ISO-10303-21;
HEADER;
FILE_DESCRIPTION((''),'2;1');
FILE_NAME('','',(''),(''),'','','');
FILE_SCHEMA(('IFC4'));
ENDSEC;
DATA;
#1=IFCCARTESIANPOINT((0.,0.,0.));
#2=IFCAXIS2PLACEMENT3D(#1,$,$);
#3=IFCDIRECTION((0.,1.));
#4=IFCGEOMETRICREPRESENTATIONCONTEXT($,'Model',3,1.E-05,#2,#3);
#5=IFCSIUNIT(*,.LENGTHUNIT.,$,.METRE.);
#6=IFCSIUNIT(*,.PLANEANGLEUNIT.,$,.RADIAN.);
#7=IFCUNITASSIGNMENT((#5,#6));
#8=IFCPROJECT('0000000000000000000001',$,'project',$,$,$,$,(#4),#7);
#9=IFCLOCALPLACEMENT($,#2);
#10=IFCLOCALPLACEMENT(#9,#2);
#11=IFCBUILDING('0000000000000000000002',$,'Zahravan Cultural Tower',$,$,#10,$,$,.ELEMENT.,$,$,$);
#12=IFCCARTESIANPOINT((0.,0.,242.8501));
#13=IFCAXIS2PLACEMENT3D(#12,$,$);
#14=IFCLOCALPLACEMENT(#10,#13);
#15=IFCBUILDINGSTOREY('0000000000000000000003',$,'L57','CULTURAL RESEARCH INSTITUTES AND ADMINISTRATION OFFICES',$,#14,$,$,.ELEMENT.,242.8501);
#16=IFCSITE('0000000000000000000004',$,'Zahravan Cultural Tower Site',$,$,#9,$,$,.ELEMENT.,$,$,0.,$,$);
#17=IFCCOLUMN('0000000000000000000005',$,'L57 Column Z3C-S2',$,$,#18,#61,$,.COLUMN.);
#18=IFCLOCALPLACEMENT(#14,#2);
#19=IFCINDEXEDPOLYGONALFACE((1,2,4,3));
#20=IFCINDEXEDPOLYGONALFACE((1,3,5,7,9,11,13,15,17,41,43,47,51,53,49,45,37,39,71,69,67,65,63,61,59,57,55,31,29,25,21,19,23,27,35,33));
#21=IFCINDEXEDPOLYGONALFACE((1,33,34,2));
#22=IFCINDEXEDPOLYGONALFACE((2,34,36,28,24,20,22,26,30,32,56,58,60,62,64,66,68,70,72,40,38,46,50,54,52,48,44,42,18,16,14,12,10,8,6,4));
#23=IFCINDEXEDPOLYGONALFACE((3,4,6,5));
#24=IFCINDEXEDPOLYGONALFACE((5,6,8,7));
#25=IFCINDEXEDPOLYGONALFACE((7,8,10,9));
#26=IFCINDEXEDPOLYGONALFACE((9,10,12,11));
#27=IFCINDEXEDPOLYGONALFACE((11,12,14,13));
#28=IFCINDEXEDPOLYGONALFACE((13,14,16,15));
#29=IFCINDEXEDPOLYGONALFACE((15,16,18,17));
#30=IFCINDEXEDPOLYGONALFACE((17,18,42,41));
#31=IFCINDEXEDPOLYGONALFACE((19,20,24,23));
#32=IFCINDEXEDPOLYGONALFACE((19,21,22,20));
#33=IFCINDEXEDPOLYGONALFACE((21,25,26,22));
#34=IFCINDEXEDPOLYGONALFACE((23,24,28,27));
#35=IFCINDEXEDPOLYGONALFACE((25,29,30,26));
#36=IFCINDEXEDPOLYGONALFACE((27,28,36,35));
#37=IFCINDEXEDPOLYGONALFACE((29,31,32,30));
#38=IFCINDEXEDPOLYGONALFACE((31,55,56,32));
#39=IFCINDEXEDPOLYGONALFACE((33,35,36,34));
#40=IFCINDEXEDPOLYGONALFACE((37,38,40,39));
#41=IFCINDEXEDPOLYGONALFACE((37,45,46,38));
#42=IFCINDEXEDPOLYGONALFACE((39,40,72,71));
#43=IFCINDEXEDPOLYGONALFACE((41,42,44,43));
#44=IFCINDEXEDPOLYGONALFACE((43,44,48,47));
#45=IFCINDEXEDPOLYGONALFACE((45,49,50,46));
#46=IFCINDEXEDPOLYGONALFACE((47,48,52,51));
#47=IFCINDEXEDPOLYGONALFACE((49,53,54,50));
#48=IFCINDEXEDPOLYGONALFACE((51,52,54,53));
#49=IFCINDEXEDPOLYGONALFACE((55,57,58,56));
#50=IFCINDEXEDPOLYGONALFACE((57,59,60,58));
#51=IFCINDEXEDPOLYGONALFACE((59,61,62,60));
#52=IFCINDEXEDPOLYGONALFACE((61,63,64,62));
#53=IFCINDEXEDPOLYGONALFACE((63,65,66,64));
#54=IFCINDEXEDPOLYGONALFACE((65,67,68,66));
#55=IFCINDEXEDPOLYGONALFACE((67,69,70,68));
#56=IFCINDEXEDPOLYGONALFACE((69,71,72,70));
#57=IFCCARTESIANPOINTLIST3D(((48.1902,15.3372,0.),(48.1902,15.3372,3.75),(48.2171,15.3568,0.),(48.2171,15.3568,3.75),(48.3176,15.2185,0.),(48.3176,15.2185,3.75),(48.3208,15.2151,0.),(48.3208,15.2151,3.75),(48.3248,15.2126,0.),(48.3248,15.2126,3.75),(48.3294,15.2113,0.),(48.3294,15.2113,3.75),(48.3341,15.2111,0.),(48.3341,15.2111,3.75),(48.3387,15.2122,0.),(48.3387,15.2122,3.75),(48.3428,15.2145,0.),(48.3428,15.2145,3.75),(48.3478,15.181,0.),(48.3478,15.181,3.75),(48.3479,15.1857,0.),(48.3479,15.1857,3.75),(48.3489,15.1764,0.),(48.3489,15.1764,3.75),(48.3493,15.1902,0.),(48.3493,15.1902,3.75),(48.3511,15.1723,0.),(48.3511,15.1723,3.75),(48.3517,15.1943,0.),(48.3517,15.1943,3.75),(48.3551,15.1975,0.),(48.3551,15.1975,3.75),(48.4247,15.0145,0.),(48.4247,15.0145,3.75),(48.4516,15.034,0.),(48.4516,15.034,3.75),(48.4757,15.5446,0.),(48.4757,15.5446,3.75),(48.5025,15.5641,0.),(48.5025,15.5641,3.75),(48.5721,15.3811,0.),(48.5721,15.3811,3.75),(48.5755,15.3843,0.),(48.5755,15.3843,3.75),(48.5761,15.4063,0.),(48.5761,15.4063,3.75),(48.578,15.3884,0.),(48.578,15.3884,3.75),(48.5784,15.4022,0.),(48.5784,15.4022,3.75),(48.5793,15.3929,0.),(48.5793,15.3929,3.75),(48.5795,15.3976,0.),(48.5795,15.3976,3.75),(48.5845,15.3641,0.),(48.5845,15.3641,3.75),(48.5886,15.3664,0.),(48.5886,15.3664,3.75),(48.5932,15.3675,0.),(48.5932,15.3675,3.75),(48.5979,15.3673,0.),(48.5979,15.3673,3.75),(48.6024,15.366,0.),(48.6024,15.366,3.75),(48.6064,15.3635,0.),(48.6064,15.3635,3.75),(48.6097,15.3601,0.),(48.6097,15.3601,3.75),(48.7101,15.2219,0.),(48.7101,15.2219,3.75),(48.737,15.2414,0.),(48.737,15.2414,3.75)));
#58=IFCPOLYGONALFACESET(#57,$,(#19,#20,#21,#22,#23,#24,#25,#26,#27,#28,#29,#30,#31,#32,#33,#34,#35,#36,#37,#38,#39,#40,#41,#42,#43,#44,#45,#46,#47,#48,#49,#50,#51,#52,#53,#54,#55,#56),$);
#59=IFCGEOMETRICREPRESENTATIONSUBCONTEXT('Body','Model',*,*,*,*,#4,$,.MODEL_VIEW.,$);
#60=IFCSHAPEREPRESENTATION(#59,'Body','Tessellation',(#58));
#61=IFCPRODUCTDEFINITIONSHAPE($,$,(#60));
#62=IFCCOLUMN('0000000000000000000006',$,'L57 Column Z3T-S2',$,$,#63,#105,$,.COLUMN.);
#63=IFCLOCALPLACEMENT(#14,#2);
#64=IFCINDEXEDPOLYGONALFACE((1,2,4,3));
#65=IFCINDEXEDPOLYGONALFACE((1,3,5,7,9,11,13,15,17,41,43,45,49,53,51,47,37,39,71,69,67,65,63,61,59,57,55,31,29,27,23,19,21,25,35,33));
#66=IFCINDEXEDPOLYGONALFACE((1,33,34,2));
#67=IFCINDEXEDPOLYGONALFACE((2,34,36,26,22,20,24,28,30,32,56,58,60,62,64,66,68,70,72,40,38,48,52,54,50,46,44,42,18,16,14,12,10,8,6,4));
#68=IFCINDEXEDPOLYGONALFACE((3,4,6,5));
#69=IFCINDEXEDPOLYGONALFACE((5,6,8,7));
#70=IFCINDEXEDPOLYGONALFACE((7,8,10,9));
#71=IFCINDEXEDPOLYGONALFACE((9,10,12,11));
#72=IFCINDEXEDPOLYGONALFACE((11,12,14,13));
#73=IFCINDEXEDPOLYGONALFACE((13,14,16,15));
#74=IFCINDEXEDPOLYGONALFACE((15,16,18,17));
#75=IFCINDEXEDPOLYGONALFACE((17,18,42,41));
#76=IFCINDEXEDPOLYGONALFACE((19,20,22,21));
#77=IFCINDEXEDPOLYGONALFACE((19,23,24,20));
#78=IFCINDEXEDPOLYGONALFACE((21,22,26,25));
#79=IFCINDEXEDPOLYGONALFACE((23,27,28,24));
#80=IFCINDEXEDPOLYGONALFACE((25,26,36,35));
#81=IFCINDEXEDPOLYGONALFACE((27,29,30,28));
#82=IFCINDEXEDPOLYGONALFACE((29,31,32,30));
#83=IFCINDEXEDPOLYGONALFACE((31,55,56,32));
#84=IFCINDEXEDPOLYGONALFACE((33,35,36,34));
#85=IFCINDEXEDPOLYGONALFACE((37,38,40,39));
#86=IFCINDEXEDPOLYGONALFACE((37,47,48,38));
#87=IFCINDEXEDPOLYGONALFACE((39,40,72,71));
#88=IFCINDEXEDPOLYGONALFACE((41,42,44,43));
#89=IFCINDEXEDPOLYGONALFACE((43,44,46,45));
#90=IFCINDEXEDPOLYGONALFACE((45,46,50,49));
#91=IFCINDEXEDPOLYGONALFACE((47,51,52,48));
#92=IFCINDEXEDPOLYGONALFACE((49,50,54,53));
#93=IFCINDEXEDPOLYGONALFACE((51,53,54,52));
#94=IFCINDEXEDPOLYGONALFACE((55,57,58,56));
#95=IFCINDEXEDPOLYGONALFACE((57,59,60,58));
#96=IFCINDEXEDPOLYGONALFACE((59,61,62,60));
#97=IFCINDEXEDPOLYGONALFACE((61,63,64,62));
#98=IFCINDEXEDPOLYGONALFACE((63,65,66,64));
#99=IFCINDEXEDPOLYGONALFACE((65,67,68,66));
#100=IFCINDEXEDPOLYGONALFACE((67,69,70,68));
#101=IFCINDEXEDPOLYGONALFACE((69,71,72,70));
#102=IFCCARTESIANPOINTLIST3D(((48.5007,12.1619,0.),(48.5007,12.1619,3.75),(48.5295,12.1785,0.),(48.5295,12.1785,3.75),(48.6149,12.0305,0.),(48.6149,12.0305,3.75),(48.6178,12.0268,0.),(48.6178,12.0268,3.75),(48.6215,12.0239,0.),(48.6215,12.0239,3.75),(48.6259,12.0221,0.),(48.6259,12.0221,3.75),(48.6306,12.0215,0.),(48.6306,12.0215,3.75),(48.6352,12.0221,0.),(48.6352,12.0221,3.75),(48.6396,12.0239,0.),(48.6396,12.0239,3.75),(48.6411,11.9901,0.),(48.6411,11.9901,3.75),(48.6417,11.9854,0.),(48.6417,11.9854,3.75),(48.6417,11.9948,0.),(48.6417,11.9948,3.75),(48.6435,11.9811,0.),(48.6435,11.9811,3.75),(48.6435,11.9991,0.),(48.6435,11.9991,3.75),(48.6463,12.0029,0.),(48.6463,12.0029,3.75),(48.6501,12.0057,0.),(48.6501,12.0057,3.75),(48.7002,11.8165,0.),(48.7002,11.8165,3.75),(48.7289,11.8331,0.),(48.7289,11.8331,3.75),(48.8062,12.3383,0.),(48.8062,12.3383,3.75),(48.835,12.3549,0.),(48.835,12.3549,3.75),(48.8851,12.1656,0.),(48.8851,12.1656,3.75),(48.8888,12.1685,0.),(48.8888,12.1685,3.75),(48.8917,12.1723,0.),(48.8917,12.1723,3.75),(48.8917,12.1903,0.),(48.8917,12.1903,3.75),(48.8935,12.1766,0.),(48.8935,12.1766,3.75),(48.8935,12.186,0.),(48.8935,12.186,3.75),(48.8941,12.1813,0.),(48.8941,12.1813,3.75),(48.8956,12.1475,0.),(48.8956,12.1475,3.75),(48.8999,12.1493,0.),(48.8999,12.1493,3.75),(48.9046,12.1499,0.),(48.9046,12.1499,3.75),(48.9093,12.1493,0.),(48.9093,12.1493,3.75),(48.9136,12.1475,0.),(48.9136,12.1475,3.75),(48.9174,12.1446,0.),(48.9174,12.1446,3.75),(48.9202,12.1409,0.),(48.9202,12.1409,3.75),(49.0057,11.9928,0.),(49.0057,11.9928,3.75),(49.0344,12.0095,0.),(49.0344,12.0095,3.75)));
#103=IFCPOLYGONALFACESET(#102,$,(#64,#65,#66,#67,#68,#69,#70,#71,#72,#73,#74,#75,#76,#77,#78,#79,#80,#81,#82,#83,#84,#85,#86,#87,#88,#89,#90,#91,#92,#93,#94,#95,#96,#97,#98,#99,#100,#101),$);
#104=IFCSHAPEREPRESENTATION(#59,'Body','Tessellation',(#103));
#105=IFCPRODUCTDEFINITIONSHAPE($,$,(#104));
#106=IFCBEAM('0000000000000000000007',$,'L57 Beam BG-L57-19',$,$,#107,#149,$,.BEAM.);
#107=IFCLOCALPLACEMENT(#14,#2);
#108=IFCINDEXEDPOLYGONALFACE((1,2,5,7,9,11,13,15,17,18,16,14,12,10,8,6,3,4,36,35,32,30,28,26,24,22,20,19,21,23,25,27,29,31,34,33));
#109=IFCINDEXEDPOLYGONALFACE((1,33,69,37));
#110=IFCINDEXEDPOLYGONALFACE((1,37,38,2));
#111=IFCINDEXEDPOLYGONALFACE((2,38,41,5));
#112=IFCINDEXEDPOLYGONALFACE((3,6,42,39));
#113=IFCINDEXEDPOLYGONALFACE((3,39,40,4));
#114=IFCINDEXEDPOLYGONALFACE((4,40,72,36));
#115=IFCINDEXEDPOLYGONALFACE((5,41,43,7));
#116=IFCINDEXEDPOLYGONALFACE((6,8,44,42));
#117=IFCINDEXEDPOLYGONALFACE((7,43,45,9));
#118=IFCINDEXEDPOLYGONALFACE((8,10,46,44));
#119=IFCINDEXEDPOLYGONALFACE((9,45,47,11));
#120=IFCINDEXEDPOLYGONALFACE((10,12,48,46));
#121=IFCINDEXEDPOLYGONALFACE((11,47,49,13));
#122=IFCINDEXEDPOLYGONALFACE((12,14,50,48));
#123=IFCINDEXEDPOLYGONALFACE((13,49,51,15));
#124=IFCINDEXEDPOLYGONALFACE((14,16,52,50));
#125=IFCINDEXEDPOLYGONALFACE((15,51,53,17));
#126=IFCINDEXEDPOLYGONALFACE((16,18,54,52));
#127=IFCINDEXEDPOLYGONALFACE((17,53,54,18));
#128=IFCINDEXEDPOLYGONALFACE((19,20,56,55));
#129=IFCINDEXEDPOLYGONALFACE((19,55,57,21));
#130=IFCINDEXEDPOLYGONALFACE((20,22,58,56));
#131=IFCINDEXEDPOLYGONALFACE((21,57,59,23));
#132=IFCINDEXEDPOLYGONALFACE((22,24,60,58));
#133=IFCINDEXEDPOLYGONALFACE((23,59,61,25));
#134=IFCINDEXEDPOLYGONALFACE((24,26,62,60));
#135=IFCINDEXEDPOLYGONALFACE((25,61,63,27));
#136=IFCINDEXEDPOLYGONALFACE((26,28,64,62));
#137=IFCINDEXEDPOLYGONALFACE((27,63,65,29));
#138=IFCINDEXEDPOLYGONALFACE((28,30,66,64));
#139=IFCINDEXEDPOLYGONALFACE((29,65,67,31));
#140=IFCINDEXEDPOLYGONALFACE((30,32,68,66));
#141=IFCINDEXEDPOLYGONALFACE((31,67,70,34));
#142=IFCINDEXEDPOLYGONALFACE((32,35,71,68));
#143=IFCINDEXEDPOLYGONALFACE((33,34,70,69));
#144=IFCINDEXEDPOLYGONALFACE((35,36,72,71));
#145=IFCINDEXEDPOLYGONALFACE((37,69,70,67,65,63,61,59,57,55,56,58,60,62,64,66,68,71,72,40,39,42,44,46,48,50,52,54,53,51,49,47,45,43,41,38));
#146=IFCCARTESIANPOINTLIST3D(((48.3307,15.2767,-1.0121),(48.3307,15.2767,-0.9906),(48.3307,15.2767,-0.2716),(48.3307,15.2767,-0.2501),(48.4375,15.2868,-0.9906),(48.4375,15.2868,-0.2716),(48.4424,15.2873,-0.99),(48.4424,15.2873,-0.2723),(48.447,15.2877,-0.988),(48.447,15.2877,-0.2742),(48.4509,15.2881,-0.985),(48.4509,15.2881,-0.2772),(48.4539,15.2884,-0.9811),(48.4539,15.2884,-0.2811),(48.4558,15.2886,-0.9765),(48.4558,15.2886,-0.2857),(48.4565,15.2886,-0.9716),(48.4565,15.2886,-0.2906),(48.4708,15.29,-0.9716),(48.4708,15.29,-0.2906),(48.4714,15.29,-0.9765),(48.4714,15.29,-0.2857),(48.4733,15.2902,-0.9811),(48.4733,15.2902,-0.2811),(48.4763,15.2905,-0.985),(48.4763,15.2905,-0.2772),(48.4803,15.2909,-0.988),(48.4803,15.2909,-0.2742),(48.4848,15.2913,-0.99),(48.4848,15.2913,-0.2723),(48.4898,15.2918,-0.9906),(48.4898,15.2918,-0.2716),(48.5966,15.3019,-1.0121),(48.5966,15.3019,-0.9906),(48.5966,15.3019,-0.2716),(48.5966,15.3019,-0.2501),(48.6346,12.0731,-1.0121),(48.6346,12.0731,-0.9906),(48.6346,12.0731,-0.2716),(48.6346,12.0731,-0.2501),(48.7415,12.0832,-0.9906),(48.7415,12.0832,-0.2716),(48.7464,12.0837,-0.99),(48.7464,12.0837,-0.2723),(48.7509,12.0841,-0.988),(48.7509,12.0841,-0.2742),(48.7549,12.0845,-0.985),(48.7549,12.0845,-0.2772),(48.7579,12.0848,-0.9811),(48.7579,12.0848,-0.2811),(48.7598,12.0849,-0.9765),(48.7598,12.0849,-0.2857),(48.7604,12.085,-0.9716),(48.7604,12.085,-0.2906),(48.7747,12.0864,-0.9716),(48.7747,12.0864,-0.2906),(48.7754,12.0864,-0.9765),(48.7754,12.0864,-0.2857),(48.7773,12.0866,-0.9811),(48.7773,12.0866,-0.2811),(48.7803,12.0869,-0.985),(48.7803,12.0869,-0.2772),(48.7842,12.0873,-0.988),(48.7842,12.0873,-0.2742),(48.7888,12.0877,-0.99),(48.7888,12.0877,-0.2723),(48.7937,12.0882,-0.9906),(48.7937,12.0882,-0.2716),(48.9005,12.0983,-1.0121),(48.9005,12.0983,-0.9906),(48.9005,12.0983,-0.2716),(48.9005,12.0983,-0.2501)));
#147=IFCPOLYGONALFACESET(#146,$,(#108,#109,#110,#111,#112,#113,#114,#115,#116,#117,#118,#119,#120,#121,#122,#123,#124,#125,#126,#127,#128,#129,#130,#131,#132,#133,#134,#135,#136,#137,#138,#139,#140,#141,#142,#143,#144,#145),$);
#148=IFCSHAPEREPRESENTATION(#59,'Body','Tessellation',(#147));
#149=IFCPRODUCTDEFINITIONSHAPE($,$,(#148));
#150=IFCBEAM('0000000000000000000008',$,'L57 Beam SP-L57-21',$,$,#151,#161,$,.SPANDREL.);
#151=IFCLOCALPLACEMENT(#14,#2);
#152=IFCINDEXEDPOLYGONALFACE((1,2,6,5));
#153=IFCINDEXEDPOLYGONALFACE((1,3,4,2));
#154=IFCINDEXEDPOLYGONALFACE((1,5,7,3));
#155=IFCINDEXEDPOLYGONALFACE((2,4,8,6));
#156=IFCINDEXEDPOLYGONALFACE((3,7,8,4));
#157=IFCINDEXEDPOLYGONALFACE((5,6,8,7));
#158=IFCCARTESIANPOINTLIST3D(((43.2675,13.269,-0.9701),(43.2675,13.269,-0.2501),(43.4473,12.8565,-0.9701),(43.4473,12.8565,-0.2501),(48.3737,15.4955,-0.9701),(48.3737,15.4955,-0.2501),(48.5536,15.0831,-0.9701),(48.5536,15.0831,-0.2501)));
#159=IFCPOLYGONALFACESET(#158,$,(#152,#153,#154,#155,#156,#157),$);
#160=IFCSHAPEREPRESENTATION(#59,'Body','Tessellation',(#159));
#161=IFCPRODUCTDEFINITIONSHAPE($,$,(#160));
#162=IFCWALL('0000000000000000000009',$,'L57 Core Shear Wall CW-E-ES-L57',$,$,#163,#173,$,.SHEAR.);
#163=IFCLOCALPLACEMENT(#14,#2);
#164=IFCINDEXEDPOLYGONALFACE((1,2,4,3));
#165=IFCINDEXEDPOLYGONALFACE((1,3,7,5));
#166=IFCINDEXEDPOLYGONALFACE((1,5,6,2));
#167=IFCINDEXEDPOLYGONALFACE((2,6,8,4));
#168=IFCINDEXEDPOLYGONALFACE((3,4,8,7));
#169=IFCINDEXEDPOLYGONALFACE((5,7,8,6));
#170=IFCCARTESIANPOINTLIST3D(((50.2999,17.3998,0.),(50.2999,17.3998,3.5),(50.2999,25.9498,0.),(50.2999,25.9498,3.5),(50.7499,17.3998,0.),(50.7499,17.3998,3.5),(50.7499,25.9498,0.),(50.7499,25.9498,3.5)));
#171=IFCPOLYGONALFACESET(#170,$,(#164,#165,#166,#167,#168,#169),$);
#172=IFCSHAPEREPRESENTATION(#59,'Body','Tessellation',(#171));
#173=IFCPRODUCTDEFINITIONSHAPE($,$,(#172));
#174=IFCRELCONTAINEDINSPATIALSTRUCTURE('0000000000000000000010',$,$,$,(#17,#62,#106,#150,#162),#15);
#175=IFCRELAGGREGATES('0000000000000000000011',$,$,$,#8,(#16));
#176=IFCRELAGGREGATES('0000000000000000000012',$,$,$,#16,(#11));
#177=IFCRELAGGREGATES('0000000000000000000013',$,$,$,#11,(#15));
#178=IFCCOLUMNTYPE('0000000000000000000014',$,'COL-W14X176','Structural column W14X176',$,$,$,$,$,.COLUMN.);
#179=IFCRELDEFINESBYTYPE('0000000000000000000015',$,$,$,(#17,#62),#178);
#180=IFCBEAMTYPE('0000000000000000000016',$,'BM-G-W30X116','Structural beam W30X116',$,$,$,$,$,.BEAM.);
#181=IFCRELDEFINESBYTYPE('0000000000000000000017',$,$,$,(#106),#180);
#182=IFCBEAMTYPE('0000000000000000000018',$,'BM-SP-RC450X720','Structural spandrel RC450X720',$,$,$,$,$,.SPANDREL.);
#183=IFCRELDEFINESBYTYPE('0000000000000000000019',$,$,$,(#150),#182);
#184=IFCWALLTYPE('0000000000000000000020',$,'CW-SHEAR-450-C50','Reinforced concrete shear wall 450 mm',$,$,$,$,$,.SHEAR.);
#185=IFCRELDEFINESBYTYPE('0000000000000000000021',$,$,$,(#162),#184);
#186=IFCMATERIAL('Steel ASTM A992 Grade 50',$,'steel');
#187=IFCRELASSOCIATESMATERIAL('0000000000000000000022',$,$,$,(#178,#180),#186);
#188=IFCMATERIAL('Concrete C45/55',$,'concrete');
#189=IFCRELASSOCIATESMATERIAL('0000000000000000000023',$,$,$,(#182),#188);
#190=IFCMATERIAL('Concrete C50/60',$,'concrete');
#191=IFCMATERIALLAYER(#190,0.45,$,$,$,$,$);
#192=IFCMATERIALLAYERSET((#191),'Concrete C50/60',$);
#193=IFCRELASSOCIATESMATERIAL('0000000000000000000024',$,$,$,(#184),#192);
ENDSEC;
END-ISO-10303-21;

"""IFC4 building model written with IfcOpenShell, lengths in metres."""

from ifc_helpers import new_model, si_unit, direction, frame, frame_2d, origin, origin_2d, place, context, subcontext, project, spatial, rectangle, i_section, extrude, source, transform, mapped, material, layer, layer_set, material_profile, profile_set, type_object, element, save


model = new_model("IFC4")

# Units and contexts
model_context = context("Model", 3, precision=1e-05, world=origin(), true_north=direction((0.0, 1.0)))
body_context = subcontext(model_context, "Body", "Model", "MODEL_VIEW")
ifc_project = project(units=[si_unit("LENGTHUNIT", "METRE"), si_unit("PLANEANGLEUNIT", "RADIAN")], contexts=[model_context])

# Site, building, storey
site_placement = place(None, origin())
site = spatial("IfcSite", under=ifc_project, at=site_placement, Name="Zahravan Cultural Tower Site", CompositionType="ELEMENT", RefElevation=0.0)
building_placement = place(site_placement, origin())
building = spatial("IfcBuilding", under=site, at=building_placement, Name="Zahravan Cultural Tower", CompositionType="ELEMENT")
storey_placement = place(building_placement, frame((0.0, 0.0, 242.8501)))
storey = spatial("IfcBuildingStorey", under=building, at=storey_placement, Name="L57", Description="CULTURAL RESEARCH INSTITUTES AND ADMINISTRATION OFFICES", CompositionType="ELEMENT", Elevation=242.8501)

# Columns
ifc_material_1 = material(Name="Steel ASTM A992 Grade 50", Category="steel")
ifc_material_profile_1 = material_profile(ifc_material_1, i_section(OverallWidth=0.3989, OverallDepth=0.386, WebThickness=0.021, FlangeThickness=0.0332, FilletRadius=0.0181, at=origin_2d()), Name="W14X176")
ifc_profile_set_1 = profile_set([ifc_material_profile_1], Name="Steel ASTM A992 Grade 50")
column_type = type_object("IfcColumnType", Name="COL-W14X176", Description="Structural column W14X176", PredefinedType="COLUMN", material=ifc_profile_set_1)
shared_shape_1 = source(origin(), body_context, "Body", "SweptSolid", [
    extrude(i_section(OverallWidth=0.3989, OverallDepth=0.386, WebThickness=0.021, FlangeThickness=0.0332, FilletRadius=0.0181, at=origin_2d()), origin(), (0.0, 0.0, 1.0), 3.75),
])
for number, where, z_axis, x_axis, name in (
    (1, (48.4636, 15.2893, 0.0), (0.0, 0.0, 1.0), (-0.587785, 0.809017, 0.0), "L57 Column Z3C-S2"),
    (2, (48.7676, 12.0857, 0.0), (0.0, 0.0, 1.0), (-0.5, 0.866025, 0.0), "L57 Column Z3T-S2"),
):
    element("IfcColumn", number, at=place(storey_placement, frame(where, z_axis=z_axis, x_axis=x_axis)), inside=storey, type_object=column_type, Name=name, PredefinedType="COLUMN", context=body_context, shape_type="MappedRepresentation", body=[
        mapped(shared_shape_1, transform((0.0, 0.0, 0.0), x_axis=(1.0, 0.0, 0.0), y_axis=(0.0, 1.0, 0.0), z_axis=(0.0, 0.0, 1.0), scale=1.0)),
    ])

# Beams
ifc_material_profile_2 = material_profile(ifc_material_1, i_section(OverallWidth=0.2671, OverallDepth=0.762, WebThickness=0.0144, FlangeThickness=0.0215, FilletRadius=0.019, at=origin_2d()), Name="W30X116")
ifc_profile_set_2 = profile_set([ifc_material_profile_2], Name="Steel ASTM A992 Grade 50")
beam_type_1 = type_object("IfcBeamType", Name="BM-G-W30X116", Description="Structural beam W30X116", PredefinedType="BEAM", material=ifc_profile_set_2)
shared_shape_2 = source(origin(), body_context, "Body", "SweptSolid", [
    extrude(i_section(OverallWidth=0.2671, OverallDepth=0.762, WebThickness=0.0144, FlangeThickness=0.0215, FilletRadius=0.019, at=origin_2d()), origin(), (0.0, 0.0, 1.0), 3.218),
])
beam_1_placement = place(storey_placement, frame((48.4636, 15.2893, -0.6311), z_axis=(0.094455, -0.995529, 0.0), x_axis=(0.995529, 0.094455, 0.0)))
element("IfcBeam", 3, at=beam_1_placement, inside=storey, type_object=beam_type_1, Name="L57 Beam BG-L57-19", PredefinedType="BEAM", context=body_context, shape_type="MappedRepresentation", body=[
    mapped(shared_shape_2, transform((0.0, 0.0, 0.0), x_axis=(1.0, 0.0, 0.0), y_axis=(0.0, 1.0, 0.0), z_axis=(0.0, 0.0, 1.0), scale=1.0)),
])
ifc_material_2 = material(Name="Concrete C45/55", Category="concrete")
ifc_material_profile_3 = material_profile(ifc_material_2, rectangle(XDim=0.45, YDim=0.72, at=origin_2d()), Name="RC450X720")
ifc_profile_set_3 = profile_set([ifc_material_profile_3], Name="Concrete C45/55")
beam_type_2 = type_object("IfcBeamType", Name="BM-SP-RC450X720", Description="Structural spandrel RC450X720", PredefinedType="SPANDREL", material=ifc_profile_set_3)
shared_shape_3 = source(origin(), body_context, "Body", "SweptSolid", [
    extrude(rectangle(XDim=0.45, YDim=0.72, at=origin_2d()), origin(), (0.0, 0.0, 1.0), 5.5706),
])
beam_2_placement = place(storey_placement, frame((43.3574, 13.0627, -0.6101), z_axis=(0.916645, 0.399703, 0.0), x_axis=(-0.399703, 0.916645, 0.0)))
element("IfcBeam", 4, at=beam_2_placement, inside=storey, type_object=beam_type_2, Name="L57 Beam SP-L57-21", PredefinedType="SPANDREL", context=body_context, shape_type="MappedRepresentation", body=[
    mapped(shared_shape_3, transform((0.0, 0.0, 0.0), x_axis=(1.0, 0.0, 0.0), y_axis=(0.0, 1.0, 0.0), z_axis=(0.0, 0.0, 1.0), scale=1.0)),
])

# Wall
ifc_material_3 = material(Name="Concrete C50/60", Category="concrete")
ifc_layer_1 = layer(ifc_material_3, 0.45)
ifc_layer_set_1 = layer_set([ifc_layer_1], Name="Concrete C50/60")
wall_type_1 = type_object("IfcWallType", Name="CW-SHEAR-450-C50", Description="Reinforced concrete shear wall 450 mm", PredefinedType="SHEAR", material=ifc_layer_set_1)
shared_shape_4 = source(origin(), body_context, "Body", "SweptSolid", [
    extrude(rectangle(XDim=8.55, YDim=0.45, at=frame_2d((4.2749, 0.0))), origin(), (0.0, 0.0, 1.0), 3.5),
])
wall_1_placement = place(storey_placement, frame((50.5249, 17.3999, 0.0), z_axis=(0.0, 0.0, 1.0), x_axis=(0.0, 1.0, 0.0)))
element("IfcWall", 5, at=wall_1_placement, inside=storey, type_object=wall_type_1, Name="L57 Core Shear Wall CW-E-ES-L57", PredefinedType="SHEAR", context=body_context, shape_type="MappedRepresentation", body=[
    mapped(shared_shape_4, transform((0.0, 0.0, 0.0), x_axis=(1.0, 0.0, 0.0), y_axis=(0.0, 1.0, 0.0), z_axis=(0.0, 0.0, 1.0), scale=1.0)),
])

save(model, "model.ifc")
